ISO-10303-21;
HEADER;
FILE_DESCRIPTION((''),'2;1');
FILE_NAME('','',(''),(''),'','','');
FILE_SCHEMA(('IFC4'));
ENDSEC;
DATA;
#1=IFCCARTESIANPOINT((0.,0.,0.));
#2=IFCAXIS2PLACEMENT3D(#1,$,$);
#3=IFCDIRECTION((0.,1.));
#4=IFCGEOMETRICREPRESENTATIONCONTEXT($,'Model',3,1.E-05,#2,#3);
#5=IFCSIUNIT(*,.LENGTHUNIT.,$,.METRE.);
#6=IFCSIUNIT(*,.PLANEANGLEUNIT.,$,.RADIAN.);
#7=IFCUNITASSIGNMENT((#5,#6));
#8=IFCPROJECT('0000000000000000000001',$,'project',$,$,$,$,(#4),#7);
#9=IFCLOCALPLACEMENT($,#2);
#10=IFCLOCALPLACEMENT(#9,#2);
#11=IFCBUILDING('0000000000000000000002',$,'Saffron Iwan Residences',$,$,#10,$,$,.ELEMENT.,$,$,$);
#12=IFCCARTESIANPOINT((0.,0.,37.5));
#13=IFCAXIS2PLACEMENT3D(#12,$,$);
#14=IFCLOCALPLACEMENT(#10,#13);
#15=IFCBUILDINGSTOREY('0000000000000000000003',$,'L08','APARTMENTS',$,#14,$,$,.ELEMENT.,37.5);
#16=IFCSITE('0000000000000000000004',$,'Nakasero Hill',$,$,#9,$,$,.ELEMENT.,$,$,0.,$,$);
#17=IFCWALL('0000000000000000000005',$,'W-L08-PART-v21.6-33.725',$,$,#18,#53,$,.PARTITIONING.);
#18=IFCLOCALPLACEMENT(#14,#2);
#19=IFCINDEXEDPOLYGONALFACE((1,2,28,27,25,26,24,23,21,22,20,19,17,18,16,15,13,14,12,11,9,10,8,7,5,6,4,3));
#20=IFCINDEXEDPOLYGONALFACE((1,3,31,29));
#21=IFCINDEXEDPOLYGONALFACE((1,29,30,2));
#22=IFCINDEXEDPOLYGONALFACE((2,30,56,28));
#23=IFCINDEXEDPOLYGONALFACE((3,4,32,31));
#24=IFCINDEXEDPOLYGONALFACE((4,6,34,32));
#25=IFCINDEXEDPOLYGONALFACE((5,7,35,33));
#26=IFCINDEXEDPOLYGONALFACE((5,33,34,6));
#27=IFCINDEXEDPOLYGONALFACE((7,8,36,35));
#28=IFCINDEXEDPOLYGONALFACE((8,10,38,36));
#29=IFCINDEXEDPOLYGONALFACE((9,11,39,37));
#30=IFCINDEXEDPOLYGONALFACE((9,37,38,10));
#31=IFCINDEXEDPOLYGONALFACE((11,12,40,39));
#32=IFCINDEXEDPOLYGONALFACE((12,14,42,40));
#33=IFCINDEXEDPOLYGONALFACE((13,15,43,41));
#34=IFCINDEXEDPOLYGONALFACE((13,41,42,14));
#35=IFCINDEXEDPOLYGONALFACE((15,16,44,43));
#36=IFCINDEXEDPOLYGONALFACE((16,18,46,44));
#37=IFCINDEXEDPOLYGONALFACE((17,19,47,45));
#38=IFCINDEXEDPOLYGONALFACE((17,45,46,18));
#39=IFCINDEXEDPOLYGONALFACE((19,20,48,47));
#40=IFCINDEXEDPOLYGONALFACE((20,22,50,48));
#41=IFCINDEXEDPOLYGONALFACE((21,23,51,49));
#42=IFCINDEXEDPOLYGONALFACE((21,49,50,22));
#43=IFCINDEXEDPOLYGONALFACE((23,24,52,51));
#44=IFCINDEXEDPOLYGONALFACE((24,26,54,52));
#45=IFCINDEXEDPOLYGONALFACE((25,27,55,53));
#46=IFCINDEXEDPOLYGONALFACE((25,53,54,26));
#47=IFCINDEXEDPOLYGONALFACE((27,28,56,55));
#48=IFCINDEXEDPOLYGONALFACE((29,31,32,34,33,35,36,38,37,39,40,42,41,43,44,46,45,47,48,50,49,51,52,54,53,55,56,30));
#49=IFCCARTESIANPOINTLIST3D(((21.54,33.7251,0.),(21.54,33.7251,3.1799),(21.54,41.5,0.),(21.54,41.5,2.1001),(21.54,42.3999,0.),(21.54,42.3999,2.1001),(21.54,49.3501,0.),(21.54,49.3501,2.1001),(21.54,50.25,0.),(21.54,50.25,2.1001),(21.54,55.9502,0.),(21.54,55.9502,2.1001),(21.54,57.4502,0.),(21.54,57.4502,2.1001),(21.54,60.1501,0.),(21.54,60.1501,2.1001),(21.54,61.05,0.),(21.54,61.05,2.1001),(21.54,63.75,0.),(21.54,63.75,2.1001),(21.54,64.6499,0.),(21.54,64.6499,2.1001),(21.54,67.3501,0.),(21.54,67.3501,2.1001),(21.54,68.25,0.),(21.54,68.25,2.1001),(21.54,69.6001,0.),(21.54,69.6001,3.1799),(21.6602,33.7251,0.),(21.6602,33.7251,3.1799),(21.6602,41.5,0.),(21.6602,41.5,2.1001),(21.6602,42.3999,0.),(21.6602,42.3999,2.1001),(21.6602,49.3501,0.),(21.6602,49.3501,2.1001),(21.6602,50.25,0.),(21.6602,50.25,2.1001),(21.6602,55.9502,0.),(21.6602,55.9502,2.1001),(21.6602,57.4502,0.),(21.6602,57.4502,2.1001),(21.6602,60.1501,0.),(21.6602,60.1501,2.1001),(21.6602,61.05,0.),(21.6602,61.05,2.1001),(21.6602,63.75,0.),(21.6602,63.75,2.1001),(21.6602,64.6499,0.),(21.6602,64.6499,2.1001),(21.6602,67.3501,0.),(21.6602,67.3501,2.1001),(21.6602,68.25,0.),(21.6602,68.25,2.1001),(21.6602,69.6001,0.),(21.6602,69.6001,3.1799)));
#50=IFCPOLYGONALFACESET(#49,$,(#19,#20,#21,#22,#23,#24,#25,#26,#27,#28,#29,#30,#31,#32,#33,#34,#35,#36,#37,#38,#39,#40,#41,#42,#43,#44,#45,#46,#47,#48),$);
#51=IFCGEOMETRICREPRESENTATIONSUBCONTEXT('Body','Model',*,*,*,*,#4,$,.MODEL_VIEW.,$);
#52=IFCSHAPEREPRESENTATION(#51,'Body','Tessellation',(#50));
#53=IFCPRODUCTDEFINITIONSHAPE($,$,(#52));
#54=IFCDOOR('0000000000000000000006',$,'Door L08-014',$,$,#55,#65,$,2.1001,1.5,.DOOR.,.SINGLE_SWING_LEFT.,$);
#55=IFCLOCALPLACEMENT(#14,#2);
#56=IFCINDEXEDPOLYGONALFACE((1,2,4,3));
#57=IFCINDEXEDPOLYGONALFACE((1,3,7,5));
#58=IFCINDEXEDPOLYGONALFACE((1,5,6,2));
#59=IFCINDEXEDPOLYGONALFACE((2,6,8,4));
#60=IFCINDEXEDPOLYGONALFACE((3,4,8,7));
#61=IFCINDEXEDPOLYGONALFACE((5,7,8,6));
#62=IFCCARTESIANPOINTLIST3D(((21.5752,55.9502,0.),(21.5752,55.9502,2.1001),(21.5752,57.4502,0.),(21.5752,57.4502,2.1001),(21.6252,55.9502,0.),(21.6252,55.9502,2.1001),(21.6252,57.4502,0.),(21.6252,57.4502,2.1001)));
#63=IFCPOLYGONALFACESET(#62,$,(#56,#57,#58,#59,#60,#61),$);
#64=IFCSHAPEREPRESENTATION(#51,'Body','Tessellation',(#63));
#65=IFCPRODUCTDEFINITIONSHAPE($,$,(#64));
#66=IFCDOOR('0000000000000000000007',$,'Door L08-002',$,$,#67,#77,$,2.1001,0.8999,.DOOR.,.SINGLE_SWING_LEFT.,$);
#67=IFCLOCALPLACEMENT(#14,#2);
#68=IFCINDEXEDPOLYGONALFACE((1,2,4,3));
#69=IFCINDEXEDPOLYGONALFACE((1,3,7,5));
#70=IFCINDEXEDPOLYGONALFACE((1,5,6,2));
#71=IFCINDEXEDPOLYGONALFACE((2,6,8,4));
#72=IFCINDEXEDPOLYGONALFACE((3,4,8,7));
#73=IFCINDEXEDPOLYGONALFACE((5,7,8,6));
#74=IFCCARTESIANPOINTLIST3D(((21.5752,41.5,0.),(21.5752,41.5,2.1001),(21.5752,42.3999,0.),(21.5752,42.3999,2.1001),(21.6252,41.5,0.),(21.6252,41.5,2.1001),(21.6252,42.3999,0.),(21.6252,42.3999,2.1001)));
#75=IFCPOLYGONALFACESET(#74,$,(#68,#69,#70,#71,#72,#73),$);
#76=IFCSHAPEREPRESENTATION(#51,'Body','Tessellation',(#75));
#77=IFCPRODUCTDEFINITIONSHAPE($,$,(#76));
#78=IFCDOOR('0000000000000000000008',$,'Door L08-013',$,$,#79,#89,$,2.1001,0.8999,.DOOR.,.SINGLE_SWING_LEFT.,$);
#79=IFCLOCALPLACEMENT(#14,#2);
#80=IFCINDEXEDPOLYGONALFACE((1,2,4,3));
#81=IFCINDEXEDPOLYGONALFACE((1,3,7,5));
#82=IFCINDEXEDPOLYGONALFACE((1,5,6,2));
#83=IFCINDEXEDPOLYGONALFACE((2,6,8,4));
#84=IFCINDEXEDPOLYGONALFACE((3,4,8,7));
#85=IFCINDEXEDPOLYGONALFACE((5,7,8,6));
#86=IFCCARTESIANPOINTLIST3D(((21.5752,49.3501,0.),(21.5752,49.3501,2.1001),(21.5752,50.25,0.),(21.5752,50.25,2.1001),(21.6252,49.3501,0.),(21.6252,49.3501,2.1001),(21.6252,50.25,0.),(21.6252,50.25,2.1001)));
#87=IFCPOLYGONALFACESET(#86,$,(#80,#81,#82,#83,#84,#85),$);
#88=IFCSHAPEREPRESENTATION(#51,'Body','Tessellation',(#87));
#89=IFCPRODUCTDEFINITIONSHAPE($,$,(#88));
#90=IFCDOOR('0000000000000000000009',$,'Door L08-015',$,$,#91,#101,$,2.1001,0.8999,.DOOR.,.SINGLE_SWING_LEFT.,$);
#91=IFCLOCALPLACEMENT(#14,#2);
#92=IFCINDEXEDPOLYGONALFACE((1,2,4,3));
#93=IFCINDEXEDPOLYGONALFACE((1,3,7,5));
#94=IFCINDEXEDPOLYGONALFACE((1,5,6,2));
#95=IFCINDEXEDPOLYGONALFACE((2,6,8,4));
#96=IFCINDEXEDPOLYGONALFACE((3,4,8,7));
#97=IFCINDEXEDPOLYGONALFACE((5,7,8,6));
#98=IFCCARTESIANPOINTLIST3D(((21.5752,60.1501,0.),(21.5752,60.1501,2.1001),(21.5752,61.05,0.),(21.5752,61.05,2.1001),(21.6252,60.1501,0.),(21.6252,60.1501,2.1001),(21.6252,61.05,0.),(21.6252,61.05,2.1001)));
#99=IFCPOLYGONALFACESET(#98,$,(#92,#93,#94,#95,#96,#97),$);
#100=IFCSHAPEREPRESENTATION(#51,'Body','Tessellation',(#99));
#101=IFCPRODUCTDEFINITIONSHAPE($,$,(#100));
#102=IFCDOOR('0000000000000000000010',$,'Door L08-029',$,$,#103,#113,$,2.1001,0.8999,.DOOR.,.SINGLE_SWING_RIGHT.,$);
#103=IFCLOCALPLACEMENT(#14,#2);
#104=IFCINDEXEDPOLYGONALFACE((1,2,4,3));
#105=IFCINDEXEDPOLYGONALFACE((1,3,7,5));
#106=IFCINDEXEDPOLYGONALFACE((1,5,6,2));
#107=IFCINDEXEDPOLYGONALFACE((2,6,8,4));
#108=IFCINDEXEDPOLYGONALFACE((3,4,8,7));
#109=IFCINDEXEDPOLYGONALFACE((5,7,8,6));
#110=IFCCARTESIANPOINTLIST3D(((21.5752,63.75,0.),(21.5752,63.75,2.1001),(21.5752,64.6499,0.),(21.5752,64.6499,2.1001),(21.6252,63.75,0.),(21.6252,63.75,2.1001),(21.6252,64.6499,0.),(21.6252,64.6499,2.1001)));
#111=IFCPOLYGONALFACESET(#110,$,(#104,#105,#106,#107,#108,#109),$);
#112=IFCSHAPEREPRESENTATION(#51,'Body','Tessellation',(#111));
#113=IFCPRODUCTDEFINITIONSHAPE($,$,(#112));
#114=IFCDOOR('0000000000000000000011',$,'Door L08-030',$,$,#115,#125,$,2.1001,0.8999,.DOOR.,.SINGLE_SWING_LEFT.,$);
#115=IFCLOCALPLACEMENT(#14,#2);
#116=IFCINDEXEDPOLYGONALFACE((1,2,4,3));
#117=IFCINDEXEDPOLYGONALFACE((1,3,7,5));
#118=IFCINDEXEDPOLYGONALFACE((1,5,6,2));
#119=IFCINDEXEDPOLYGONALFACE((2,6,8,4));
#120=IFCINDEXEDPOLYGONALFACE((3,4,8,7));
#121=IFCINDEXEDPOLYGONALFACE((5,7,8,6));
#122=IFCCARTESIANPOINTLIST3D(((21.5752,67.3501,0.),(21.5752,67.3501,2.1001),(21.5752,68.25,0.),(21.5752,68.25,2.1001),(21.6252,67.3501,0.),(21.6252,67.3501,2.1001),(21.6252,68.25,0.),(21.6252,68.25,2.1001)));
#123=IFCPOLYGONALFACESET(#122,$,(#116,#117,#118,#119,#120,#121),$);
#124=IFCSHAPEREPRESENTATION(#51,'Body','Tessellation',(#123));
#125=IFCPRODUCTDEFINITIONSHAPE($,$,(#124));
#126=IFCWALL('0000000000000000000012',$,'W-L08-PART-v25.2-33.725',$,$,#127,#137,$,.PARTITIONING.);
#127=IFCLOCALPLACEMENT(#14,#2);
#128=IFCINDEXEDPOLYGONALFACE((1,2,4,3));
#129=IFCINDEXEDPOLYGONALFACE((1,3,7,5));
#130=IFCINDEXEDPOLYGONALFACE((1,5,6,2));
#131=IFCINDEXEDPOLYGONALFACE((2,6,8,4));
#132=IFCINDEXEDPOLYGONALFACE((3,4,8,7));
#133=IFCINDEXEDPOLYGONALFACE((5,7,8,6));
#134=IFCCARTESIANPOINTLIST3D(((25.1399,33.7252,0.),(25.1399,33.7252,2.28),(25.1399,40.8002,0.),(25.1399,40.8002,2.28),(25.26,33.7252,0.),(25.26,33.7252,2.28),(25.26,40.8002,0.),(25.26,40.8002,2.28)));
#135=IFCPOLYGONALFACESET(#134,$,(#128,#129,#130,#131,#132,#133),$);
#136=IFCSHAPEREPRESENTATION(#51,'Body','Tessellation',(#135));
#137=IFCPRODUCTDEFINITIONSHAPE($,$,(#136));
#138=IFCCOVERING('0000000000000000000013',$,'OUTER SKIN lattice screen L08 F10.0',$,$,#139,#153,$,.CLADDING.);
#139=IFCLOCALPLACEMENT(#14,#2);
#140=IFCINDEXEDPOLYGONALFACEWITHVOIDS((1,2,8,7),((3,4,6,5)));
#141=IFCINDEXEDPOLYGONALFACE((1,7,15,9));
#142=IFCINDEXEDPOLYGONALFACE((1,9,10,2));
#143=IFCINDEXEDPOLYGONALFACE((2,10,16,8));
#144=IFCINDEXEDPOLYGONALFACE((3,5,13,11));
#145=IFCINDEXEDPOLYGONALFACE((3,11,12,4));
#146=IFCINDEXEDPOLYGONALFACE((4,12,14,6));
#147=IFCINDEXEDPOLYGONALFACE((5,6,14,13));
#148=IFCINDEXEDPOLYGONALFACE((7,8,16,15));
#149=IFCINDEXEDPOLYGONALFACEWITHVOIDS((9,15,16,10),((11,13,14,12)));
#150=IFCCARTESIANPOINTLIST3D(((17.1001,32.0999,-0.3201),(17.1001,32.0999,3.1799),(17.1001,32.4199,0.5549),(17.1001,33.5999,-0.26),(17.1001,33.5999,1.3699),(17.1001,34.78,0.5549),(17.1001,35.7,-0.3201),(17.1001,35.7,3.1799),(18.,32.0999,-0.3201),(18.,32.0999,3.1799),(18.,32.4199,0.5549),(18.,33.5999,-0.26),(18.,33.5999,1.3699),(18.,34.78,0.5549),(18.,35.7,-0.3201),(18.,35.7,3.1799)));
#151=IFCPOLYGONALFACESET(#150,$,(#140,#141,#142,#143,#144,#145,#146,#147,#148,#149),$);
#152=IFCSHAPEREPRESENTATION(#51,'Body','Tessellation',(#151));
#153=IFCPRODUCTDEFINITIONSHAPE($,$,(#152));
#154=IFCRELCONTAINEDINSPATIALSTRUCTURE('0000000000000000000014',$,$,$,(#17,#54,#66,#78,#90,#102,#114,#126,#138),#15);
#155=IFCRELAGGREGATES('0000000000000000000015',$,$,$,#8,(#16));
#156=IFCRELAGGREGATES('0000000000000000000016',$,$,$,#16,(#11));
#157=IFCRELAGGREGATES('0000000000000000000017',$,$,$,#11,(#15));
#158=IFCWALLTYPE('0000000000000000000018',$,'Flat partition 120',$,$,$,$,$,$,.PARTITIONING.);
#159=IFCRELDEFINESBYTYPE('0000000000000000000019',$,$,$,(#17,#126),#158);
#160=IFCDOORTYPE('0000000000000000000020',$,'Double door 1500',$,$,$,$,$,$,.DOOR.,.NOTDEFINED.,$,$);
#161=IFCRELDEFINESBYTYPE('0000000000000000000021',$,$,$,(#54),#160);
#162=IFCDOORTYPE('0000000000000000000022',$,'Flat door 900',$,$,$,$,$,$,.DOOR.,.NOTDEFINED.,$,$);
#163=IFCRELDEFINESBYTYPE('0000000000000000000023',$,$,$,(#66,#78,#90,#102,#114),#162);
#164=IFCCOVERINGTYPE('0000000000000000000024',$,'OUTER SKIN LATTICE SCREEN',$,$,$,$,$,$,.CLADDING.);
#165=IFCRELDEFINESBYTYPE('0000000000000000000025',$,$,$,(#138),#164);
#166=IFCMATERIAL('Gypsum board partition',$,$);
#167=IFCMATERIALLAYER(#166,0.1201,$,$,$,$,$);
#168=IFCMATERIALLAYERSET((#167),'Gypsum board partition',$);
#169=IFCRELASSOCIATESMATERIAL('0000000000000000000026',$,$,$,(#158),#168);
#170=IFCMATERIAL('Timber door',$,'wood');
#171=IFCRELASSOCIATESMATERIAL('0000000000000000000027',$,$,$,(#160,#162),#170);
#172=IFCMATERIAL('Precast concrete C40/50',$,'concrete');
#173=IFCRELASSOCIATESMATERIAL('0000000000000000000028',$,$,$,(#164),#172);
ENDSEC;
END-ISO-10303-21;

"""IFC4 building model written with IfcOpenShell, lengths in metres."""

from ifc_helpers import new_model, si_unit, direction, frame, frame_2d, origin, place, context, subcontext, project, spatial, polyline, rectangle, outline, extrude, material, layer, layer_set, type_object, element, fill, save


model = new_model("IFC4")

# Units and contexts
model_context = context("Model", 3, precision=1e-05, world=origin(), true_north=direction((0.0, 1.0)))
body_context = subcontext(model_context, "Body", "Model", "MODEL_VIEW")
ifc_project = project(units=[si_unit("LENGTHUNIT", "METRE"), si_unit("PLANEANGLEUNIT", "RADIAN")], contexts=[model_context])

# Site, building, storey
site_placement = place(None, origin())
site = spatial("IfcSite", under=ifc_project, at=site_placement, Name="Nakasero Hill", CompositionType="ELEMENT", RefElevation=0.0)
building_placement = place(site_placement, origin())
building = spatial("IfcBuilding", under=site, at=building_placement, Name="Saffron Iwan Residences", CompositionType="ELEMENT")
storey_placement = place(building_placement, frame((0.0, 0.0, 37.5)))
storey = spatial("IfcBuildingStorey", under=building, at=storey_placement, Name="L08", Description="APARTMENTS", CompositionType="ELEMENT", Elevation=37.5)

# Wall, openings, doors
ifc_material_1 = material(Name="Gypsum board partition")
ifc_layer_1 = layer(ifc_material_1, 0.1201)
ifc_layer_set_1 = layer_set([ifc_layer_1], Name="Gypsum board partition")
wall_type_1 = type_object("IfcWallType", Name="Flat partition 120", PredefinedType="PARTITIONING", material=ifc_layer_set_1)
wall_1_placement = place(storey_placement, frame((21.6001, 33.7251, 0.0), z_axis=(0.0, 0.0, 1.0), x_axis=(0.0, 1.0, 0.0)))
wall_1 = element("IfcWall", 1, at=wall_1_placement, inside=storey, type_object=wall_type_1, Name="W-L08-PART-v21.6-33.725", PredefinedType="PARTITIONING", context=body_context, shape_type="SweptSolid", body=[
    extrude(rectangle(XDim=35.875, YDim=0.1201, at=frame_2d((17.9375, 0.0))), origin(), (0.0, 0.0, 1.0), 3.1799),
])
opening_1_placement = place(wall_1_placement, frame((7.7749, 0.0, 0.0)))
opening_1 = element("IfcOpeningElement", 2, at=opening_1_placement, cuts=wall_1, PredefinedType="OPENING", context=body_context, shape_type="SweptSolid", body=[
    extrude(rectangle(XDim=0.8999, YDim=2.1001, at=frame_2d((0.45, 1.05))), frame((0.0, 0.0701, 0.0), z_axis=(0.0, -1.0, 0.0), x_axis=(1.0, 0.0, 0.0)), (0.0, 0.0, 1.0), 0.1401),
])
opening_2_placement = place(wall_1_placement, frame((15.625, 0.0, 0.0)))
opening_2 = element("IfcOpeningElement", 3, at=opening_2_placement, cuts=wall_1, PredefinedType="OPENING", context=body_context, shape_type="SweptSolid", body=[
    extrude(rectangle(XDim=0.8999, YDim=2.1001, at=frame_2d((0.45, 1.05))), frame((0.0, 0.0701, 0.0), z_axis=(0.0, -1.0, 0.0), x_axis=(1.0, 0.0, 0.0)), (0.0, 0.0, 1.0), 0.1401),
])
opening_3_placement = place(wall_1_placement, frame((22.2251, 0.0, 0.0)))
opening_3 = element("IfcOpeningElement", 4, at=opening_3_placement, cuts=wall_1, PredefinedType="OPENING", context=body_context, shape_type="SweptSolid", body=[
    extrude(rectangle(XDim=1.5, YDim=2.1001, at=frame_2d((0.75, 1.05))), frame((0.0, 0.0701, 0.0), z_axis=(0.0, -1.0, 0.0), x_axis=(1.0, 0.0, 0.0)), (0.0, 0.0, 1.0), 0.1401),
])
opening_4_placement = place(wall_1_placement, frame((26.425, 0.0, 0.0)))
opening_4 = element("IfcOpeningElement", 5, at=opening_4_placement, cuts=wall_1, PredefinedType="OPENING", context=body_context, shape_type="SweptSolid", body=[
    extrude(rectangle(XDim=0.8999, YDim=2.1001, at=frame_2d((0.45, 1.05))), frame((0.0, 0.0701, 0.0), z_axis=(0.0, -1.0, 0.0), x_axis=(1.0, 0.0, 0.0)), (0.0, 0.0, 1.0), 0.1401),
])
opening_5_placement = place(wall_1_placement, frame((30.0249, 0.0, 0.0)))
opening_5 = element("IfcOpeningElement", 6, at=opening_5_placement, cuts=wall_1, PredefinedType="OPENING", context=body_context, shape_type="SweptSolid", body=[
    extrude(rectangle(XDim=0.8999, YDim=2.1001, at=frame_2d((0.45, 1.05))), frame((0.0, 0.0701, 0.0), z_axis=(0.0, -1.0, 0.0), x_axis=(1.0, 0.0, 0.0)), (0.0, 0.0, 1.0), 0.1401),
])
opening_6_placement = place(wall_1_placement, frame((33.625, 0.0, 0.0)))
opening_6 = element("IfcOpeningElement", 7, at=opening_6_placement, cuts=wall_1, PredefinedType="OPENING", context=body_context, shape_type="SweptSolid", body=[
    extrude(rectangle(XDim=0.8999, YDim=2.1001, at=frame_2d((0.45, 1.05))), frame((0.0, 0.0701, 0.0), z_axis=(0.0, -1.0, 0.0), x_axis=(1.0, 0.0, 0.0)), (0.0, 0.0, 1.0), 0.1401),
])
ifc_material_2 = material(Name="Timber door", Category="wood")
door_type_1 = type_object("IfcDoorType", Name="Double door 1500", OperationType="NOTDEFINED", PredefinedType="DOOR", material=ifc_material_2)
door_1_placement = place(opening_3_placement, origin())
door_1 = element("IfcDoor", 8, at=door_1_placement, inside=storey, type_object=door_type_1, Name="Door L08-014", OperationType="SINGLE_SWING_LEFT", OverallHeight=2.1001, OverallWidth=1.5, PredefinedType="DOOR", context=body_context, shape_type="SweptSolid", body=[
    extrude(rectangle(XDim=1.5, YDim=2.1001, at=frame_2d((0.75, 1.05))), frame((0.0, 0.0249, 0.0), z_axis=(0.0, -1.0, 0.0), x_axis=(1.0, 0.0, 0.0)), (0.0, 0.0, 1.0), 0.05),
])
fill(opening_3, door_1)
door_type_2 = type_object("IfcDoorType", Name="Flat door 900", OperationType="NOTDEFINED", PredefinedType="DOOR", material=ifc_material_2)
door_2_placement = place(opening_1_placement, origin())
door_2 = element("IfcDoor", 9, at=door_2_placement, inside=storey, type_object=door_type_2, Name="Door L08-002", OperationType="SINGLE_SWING_LEFT", OverallHeight=2.1001, OverallWidth=0.8999, PredefinedType="DOOR", context=body_context, shape_type="SweptSolid", body=[
    extrude(rectangle(XDim=0.8999, YDim=2.1001, at=frame_2d((0.45, 1.05))), frame((0.0, 0.0249, 0.0), z_axis=(0.0, -1.0, 0.0), x_axis=(1.0, 0.0, 0.0)), (0.0, 0.0, 1.0), 0.05),
])
fill(opening_1, door_2)
door_3_placement = place(opening_2_placement, origin())
door_3 = element("IfcDoor", 10, at=door_3_placement, inside=storey, type_object=door_type_2, Name="Door L08-013", OperationType="SINGLE_SWING_LEFT", OverallHeight=2.1001, OverallWidth=0.8999, PredefinedType="DOOR", context=body_context, shape_type="SweptSolid", body=[
    extrude(rectangle(XDim=0.8999, YDim=2.1001, at=frame_2d((0.45, 1.05))), frame((0.0, 0.0249, 0.0), z_axis=(0.0, -1.0, 0.0), x_axis=(1.0, 0.0, 0.0)), (0.0, 0.0, 1.0), 0.05),
])
fill(opening_2, door_3)
door_4_placement = place(opening_4_placement, origin())
door_4 = element("IfcDoor", 11, at=door_4_placement, inside=storey, type_object=door_type_2, Name="Door L08-015", OperationType="SINGLE_SWING_LEFT", OverallHeight=2.1001, OverallWidth=0.8999, PredefinedType="DOOR", context=body_context, shape_type="SweptSolid", body=[
    extrude(rectangle(XDim=0.8999, YDim=2.1001, at=frame_2d((0.45, 1.05))), frame((0.0, 0.0249, 0.0), z_axis=(0.0, -1.0, 0.0), x_axis=(1.0, 0.0, 0.0)), (0.0, 0.0, 1.0), 0.05),
])
fill(opening_4, door_4)
door_5_placement = place(opening_5_placement, origin())
door_5 = element("IfcDoor", 12, at=door_5_placement, inside=storey, type_object=door_type_2, Name="Door L08-029", OperationType="SINGLE_SWING_RIGHT", OverallHeight=2.1001, OverallWidth=0.8999, PredefinedType="DOOR", context=body_context, shape_type="SweptSolid", body=[
    extrude(rectangle(XDim=0.8999, YDim=2.1001, at=frame_2d((0.45, 1.05))), frame((0.0, 0.0249, 0.0), z_axis=(0.0, -1.0, 0.0), x_axis=(1.0, 0.0, 0.0)), (0.0, 0.0, 1.0), 0.05),
])
fill(opening_5, door_5)
door_6_placement = place(opening_6_placement, origin())
door_6 = element("IfcDoor", 13, at=door_6_placement, inside=storey, type_object=door_type_2, Name="Door L08-030", OperationType="SINGLE_SWING_LEFT", OverallHeight=2.1001, OverallWidth=0.8999, PredefinedType="DOOR", context=body_context, shape_type="SweptSolid", body=[
    extrude(rectangle(XDim=0.8999, YDim=2.1001, at=frame_2d((0.45, 1.05))), frame((0.0, 0.0249, 0.0), z_axis=(0.0, -1.0, 0.0), x_axis=(1.0, 0.0, 0.0)), (0.0, 0.0, 1.0), 0.05),
])
fill(opening_6, door_6)

# Wall
wall_2_placement = place(storey_placement, frame((25.2, 33.7251, 0.0), z_axis=(0.0, 0.0, 1.0), x_axis=(0.0, 1.0, 0.0)))
element("IfcWall", 14, at=wall_2_placement, inside=storey, type_object=wall_type_1, Name="W-L08-PART-v25.2-33.725", PredefinedType="PARTITIONING", context=body_context, shape_type="SweptSolid", body=[
    extrude(rectangle(XDim=7.075, YDim=0.1201, at=frame_2d((3.5376, 0.0))), origin(), (0.0, 0.0, 1.0), 2.28),
])

# Covering
ifc_material_3 = material(Name="Precast concrete C40/50", Category="concrete")
covering_type_1 = type_object("IfcCoveringType", Name="OUTER SKIN LATTICE SCREEN", PredefinedType="CLADDING", material=ifc_material_3)
covering_1_placement = place(storey_placement, frame((18.0, 35.7, -0.3201), z_axis=(-1.0, 0.0, 0.0), x_axis=(0.0, -1.0, 0.0)))
element("IfcCovering", 15, at=covering_1_placement, inside=storey, type_object=covering_type_1, Name="OUTER SKIN lattice screen L08 F10.0", PredefinedType="CLADDING", context=body_context, shape_type="SweptSolid", body=[
    extrude(outline(polyline([(0.0, 0.0), (3.6001, 0.0), (3.6001, 3.5), (0.0, 3.5), (0.0, 0.0)]), holes=[polyline([(0.9199, 0.875), (2.1001, 0.0601), (3.28, 0.875), (2.1001, 1.6899), (0.9199, 0.875)])]), origin(), (0.0, 0.0, 1.0), 0.8999),
])

save(model, "model.ifc")
